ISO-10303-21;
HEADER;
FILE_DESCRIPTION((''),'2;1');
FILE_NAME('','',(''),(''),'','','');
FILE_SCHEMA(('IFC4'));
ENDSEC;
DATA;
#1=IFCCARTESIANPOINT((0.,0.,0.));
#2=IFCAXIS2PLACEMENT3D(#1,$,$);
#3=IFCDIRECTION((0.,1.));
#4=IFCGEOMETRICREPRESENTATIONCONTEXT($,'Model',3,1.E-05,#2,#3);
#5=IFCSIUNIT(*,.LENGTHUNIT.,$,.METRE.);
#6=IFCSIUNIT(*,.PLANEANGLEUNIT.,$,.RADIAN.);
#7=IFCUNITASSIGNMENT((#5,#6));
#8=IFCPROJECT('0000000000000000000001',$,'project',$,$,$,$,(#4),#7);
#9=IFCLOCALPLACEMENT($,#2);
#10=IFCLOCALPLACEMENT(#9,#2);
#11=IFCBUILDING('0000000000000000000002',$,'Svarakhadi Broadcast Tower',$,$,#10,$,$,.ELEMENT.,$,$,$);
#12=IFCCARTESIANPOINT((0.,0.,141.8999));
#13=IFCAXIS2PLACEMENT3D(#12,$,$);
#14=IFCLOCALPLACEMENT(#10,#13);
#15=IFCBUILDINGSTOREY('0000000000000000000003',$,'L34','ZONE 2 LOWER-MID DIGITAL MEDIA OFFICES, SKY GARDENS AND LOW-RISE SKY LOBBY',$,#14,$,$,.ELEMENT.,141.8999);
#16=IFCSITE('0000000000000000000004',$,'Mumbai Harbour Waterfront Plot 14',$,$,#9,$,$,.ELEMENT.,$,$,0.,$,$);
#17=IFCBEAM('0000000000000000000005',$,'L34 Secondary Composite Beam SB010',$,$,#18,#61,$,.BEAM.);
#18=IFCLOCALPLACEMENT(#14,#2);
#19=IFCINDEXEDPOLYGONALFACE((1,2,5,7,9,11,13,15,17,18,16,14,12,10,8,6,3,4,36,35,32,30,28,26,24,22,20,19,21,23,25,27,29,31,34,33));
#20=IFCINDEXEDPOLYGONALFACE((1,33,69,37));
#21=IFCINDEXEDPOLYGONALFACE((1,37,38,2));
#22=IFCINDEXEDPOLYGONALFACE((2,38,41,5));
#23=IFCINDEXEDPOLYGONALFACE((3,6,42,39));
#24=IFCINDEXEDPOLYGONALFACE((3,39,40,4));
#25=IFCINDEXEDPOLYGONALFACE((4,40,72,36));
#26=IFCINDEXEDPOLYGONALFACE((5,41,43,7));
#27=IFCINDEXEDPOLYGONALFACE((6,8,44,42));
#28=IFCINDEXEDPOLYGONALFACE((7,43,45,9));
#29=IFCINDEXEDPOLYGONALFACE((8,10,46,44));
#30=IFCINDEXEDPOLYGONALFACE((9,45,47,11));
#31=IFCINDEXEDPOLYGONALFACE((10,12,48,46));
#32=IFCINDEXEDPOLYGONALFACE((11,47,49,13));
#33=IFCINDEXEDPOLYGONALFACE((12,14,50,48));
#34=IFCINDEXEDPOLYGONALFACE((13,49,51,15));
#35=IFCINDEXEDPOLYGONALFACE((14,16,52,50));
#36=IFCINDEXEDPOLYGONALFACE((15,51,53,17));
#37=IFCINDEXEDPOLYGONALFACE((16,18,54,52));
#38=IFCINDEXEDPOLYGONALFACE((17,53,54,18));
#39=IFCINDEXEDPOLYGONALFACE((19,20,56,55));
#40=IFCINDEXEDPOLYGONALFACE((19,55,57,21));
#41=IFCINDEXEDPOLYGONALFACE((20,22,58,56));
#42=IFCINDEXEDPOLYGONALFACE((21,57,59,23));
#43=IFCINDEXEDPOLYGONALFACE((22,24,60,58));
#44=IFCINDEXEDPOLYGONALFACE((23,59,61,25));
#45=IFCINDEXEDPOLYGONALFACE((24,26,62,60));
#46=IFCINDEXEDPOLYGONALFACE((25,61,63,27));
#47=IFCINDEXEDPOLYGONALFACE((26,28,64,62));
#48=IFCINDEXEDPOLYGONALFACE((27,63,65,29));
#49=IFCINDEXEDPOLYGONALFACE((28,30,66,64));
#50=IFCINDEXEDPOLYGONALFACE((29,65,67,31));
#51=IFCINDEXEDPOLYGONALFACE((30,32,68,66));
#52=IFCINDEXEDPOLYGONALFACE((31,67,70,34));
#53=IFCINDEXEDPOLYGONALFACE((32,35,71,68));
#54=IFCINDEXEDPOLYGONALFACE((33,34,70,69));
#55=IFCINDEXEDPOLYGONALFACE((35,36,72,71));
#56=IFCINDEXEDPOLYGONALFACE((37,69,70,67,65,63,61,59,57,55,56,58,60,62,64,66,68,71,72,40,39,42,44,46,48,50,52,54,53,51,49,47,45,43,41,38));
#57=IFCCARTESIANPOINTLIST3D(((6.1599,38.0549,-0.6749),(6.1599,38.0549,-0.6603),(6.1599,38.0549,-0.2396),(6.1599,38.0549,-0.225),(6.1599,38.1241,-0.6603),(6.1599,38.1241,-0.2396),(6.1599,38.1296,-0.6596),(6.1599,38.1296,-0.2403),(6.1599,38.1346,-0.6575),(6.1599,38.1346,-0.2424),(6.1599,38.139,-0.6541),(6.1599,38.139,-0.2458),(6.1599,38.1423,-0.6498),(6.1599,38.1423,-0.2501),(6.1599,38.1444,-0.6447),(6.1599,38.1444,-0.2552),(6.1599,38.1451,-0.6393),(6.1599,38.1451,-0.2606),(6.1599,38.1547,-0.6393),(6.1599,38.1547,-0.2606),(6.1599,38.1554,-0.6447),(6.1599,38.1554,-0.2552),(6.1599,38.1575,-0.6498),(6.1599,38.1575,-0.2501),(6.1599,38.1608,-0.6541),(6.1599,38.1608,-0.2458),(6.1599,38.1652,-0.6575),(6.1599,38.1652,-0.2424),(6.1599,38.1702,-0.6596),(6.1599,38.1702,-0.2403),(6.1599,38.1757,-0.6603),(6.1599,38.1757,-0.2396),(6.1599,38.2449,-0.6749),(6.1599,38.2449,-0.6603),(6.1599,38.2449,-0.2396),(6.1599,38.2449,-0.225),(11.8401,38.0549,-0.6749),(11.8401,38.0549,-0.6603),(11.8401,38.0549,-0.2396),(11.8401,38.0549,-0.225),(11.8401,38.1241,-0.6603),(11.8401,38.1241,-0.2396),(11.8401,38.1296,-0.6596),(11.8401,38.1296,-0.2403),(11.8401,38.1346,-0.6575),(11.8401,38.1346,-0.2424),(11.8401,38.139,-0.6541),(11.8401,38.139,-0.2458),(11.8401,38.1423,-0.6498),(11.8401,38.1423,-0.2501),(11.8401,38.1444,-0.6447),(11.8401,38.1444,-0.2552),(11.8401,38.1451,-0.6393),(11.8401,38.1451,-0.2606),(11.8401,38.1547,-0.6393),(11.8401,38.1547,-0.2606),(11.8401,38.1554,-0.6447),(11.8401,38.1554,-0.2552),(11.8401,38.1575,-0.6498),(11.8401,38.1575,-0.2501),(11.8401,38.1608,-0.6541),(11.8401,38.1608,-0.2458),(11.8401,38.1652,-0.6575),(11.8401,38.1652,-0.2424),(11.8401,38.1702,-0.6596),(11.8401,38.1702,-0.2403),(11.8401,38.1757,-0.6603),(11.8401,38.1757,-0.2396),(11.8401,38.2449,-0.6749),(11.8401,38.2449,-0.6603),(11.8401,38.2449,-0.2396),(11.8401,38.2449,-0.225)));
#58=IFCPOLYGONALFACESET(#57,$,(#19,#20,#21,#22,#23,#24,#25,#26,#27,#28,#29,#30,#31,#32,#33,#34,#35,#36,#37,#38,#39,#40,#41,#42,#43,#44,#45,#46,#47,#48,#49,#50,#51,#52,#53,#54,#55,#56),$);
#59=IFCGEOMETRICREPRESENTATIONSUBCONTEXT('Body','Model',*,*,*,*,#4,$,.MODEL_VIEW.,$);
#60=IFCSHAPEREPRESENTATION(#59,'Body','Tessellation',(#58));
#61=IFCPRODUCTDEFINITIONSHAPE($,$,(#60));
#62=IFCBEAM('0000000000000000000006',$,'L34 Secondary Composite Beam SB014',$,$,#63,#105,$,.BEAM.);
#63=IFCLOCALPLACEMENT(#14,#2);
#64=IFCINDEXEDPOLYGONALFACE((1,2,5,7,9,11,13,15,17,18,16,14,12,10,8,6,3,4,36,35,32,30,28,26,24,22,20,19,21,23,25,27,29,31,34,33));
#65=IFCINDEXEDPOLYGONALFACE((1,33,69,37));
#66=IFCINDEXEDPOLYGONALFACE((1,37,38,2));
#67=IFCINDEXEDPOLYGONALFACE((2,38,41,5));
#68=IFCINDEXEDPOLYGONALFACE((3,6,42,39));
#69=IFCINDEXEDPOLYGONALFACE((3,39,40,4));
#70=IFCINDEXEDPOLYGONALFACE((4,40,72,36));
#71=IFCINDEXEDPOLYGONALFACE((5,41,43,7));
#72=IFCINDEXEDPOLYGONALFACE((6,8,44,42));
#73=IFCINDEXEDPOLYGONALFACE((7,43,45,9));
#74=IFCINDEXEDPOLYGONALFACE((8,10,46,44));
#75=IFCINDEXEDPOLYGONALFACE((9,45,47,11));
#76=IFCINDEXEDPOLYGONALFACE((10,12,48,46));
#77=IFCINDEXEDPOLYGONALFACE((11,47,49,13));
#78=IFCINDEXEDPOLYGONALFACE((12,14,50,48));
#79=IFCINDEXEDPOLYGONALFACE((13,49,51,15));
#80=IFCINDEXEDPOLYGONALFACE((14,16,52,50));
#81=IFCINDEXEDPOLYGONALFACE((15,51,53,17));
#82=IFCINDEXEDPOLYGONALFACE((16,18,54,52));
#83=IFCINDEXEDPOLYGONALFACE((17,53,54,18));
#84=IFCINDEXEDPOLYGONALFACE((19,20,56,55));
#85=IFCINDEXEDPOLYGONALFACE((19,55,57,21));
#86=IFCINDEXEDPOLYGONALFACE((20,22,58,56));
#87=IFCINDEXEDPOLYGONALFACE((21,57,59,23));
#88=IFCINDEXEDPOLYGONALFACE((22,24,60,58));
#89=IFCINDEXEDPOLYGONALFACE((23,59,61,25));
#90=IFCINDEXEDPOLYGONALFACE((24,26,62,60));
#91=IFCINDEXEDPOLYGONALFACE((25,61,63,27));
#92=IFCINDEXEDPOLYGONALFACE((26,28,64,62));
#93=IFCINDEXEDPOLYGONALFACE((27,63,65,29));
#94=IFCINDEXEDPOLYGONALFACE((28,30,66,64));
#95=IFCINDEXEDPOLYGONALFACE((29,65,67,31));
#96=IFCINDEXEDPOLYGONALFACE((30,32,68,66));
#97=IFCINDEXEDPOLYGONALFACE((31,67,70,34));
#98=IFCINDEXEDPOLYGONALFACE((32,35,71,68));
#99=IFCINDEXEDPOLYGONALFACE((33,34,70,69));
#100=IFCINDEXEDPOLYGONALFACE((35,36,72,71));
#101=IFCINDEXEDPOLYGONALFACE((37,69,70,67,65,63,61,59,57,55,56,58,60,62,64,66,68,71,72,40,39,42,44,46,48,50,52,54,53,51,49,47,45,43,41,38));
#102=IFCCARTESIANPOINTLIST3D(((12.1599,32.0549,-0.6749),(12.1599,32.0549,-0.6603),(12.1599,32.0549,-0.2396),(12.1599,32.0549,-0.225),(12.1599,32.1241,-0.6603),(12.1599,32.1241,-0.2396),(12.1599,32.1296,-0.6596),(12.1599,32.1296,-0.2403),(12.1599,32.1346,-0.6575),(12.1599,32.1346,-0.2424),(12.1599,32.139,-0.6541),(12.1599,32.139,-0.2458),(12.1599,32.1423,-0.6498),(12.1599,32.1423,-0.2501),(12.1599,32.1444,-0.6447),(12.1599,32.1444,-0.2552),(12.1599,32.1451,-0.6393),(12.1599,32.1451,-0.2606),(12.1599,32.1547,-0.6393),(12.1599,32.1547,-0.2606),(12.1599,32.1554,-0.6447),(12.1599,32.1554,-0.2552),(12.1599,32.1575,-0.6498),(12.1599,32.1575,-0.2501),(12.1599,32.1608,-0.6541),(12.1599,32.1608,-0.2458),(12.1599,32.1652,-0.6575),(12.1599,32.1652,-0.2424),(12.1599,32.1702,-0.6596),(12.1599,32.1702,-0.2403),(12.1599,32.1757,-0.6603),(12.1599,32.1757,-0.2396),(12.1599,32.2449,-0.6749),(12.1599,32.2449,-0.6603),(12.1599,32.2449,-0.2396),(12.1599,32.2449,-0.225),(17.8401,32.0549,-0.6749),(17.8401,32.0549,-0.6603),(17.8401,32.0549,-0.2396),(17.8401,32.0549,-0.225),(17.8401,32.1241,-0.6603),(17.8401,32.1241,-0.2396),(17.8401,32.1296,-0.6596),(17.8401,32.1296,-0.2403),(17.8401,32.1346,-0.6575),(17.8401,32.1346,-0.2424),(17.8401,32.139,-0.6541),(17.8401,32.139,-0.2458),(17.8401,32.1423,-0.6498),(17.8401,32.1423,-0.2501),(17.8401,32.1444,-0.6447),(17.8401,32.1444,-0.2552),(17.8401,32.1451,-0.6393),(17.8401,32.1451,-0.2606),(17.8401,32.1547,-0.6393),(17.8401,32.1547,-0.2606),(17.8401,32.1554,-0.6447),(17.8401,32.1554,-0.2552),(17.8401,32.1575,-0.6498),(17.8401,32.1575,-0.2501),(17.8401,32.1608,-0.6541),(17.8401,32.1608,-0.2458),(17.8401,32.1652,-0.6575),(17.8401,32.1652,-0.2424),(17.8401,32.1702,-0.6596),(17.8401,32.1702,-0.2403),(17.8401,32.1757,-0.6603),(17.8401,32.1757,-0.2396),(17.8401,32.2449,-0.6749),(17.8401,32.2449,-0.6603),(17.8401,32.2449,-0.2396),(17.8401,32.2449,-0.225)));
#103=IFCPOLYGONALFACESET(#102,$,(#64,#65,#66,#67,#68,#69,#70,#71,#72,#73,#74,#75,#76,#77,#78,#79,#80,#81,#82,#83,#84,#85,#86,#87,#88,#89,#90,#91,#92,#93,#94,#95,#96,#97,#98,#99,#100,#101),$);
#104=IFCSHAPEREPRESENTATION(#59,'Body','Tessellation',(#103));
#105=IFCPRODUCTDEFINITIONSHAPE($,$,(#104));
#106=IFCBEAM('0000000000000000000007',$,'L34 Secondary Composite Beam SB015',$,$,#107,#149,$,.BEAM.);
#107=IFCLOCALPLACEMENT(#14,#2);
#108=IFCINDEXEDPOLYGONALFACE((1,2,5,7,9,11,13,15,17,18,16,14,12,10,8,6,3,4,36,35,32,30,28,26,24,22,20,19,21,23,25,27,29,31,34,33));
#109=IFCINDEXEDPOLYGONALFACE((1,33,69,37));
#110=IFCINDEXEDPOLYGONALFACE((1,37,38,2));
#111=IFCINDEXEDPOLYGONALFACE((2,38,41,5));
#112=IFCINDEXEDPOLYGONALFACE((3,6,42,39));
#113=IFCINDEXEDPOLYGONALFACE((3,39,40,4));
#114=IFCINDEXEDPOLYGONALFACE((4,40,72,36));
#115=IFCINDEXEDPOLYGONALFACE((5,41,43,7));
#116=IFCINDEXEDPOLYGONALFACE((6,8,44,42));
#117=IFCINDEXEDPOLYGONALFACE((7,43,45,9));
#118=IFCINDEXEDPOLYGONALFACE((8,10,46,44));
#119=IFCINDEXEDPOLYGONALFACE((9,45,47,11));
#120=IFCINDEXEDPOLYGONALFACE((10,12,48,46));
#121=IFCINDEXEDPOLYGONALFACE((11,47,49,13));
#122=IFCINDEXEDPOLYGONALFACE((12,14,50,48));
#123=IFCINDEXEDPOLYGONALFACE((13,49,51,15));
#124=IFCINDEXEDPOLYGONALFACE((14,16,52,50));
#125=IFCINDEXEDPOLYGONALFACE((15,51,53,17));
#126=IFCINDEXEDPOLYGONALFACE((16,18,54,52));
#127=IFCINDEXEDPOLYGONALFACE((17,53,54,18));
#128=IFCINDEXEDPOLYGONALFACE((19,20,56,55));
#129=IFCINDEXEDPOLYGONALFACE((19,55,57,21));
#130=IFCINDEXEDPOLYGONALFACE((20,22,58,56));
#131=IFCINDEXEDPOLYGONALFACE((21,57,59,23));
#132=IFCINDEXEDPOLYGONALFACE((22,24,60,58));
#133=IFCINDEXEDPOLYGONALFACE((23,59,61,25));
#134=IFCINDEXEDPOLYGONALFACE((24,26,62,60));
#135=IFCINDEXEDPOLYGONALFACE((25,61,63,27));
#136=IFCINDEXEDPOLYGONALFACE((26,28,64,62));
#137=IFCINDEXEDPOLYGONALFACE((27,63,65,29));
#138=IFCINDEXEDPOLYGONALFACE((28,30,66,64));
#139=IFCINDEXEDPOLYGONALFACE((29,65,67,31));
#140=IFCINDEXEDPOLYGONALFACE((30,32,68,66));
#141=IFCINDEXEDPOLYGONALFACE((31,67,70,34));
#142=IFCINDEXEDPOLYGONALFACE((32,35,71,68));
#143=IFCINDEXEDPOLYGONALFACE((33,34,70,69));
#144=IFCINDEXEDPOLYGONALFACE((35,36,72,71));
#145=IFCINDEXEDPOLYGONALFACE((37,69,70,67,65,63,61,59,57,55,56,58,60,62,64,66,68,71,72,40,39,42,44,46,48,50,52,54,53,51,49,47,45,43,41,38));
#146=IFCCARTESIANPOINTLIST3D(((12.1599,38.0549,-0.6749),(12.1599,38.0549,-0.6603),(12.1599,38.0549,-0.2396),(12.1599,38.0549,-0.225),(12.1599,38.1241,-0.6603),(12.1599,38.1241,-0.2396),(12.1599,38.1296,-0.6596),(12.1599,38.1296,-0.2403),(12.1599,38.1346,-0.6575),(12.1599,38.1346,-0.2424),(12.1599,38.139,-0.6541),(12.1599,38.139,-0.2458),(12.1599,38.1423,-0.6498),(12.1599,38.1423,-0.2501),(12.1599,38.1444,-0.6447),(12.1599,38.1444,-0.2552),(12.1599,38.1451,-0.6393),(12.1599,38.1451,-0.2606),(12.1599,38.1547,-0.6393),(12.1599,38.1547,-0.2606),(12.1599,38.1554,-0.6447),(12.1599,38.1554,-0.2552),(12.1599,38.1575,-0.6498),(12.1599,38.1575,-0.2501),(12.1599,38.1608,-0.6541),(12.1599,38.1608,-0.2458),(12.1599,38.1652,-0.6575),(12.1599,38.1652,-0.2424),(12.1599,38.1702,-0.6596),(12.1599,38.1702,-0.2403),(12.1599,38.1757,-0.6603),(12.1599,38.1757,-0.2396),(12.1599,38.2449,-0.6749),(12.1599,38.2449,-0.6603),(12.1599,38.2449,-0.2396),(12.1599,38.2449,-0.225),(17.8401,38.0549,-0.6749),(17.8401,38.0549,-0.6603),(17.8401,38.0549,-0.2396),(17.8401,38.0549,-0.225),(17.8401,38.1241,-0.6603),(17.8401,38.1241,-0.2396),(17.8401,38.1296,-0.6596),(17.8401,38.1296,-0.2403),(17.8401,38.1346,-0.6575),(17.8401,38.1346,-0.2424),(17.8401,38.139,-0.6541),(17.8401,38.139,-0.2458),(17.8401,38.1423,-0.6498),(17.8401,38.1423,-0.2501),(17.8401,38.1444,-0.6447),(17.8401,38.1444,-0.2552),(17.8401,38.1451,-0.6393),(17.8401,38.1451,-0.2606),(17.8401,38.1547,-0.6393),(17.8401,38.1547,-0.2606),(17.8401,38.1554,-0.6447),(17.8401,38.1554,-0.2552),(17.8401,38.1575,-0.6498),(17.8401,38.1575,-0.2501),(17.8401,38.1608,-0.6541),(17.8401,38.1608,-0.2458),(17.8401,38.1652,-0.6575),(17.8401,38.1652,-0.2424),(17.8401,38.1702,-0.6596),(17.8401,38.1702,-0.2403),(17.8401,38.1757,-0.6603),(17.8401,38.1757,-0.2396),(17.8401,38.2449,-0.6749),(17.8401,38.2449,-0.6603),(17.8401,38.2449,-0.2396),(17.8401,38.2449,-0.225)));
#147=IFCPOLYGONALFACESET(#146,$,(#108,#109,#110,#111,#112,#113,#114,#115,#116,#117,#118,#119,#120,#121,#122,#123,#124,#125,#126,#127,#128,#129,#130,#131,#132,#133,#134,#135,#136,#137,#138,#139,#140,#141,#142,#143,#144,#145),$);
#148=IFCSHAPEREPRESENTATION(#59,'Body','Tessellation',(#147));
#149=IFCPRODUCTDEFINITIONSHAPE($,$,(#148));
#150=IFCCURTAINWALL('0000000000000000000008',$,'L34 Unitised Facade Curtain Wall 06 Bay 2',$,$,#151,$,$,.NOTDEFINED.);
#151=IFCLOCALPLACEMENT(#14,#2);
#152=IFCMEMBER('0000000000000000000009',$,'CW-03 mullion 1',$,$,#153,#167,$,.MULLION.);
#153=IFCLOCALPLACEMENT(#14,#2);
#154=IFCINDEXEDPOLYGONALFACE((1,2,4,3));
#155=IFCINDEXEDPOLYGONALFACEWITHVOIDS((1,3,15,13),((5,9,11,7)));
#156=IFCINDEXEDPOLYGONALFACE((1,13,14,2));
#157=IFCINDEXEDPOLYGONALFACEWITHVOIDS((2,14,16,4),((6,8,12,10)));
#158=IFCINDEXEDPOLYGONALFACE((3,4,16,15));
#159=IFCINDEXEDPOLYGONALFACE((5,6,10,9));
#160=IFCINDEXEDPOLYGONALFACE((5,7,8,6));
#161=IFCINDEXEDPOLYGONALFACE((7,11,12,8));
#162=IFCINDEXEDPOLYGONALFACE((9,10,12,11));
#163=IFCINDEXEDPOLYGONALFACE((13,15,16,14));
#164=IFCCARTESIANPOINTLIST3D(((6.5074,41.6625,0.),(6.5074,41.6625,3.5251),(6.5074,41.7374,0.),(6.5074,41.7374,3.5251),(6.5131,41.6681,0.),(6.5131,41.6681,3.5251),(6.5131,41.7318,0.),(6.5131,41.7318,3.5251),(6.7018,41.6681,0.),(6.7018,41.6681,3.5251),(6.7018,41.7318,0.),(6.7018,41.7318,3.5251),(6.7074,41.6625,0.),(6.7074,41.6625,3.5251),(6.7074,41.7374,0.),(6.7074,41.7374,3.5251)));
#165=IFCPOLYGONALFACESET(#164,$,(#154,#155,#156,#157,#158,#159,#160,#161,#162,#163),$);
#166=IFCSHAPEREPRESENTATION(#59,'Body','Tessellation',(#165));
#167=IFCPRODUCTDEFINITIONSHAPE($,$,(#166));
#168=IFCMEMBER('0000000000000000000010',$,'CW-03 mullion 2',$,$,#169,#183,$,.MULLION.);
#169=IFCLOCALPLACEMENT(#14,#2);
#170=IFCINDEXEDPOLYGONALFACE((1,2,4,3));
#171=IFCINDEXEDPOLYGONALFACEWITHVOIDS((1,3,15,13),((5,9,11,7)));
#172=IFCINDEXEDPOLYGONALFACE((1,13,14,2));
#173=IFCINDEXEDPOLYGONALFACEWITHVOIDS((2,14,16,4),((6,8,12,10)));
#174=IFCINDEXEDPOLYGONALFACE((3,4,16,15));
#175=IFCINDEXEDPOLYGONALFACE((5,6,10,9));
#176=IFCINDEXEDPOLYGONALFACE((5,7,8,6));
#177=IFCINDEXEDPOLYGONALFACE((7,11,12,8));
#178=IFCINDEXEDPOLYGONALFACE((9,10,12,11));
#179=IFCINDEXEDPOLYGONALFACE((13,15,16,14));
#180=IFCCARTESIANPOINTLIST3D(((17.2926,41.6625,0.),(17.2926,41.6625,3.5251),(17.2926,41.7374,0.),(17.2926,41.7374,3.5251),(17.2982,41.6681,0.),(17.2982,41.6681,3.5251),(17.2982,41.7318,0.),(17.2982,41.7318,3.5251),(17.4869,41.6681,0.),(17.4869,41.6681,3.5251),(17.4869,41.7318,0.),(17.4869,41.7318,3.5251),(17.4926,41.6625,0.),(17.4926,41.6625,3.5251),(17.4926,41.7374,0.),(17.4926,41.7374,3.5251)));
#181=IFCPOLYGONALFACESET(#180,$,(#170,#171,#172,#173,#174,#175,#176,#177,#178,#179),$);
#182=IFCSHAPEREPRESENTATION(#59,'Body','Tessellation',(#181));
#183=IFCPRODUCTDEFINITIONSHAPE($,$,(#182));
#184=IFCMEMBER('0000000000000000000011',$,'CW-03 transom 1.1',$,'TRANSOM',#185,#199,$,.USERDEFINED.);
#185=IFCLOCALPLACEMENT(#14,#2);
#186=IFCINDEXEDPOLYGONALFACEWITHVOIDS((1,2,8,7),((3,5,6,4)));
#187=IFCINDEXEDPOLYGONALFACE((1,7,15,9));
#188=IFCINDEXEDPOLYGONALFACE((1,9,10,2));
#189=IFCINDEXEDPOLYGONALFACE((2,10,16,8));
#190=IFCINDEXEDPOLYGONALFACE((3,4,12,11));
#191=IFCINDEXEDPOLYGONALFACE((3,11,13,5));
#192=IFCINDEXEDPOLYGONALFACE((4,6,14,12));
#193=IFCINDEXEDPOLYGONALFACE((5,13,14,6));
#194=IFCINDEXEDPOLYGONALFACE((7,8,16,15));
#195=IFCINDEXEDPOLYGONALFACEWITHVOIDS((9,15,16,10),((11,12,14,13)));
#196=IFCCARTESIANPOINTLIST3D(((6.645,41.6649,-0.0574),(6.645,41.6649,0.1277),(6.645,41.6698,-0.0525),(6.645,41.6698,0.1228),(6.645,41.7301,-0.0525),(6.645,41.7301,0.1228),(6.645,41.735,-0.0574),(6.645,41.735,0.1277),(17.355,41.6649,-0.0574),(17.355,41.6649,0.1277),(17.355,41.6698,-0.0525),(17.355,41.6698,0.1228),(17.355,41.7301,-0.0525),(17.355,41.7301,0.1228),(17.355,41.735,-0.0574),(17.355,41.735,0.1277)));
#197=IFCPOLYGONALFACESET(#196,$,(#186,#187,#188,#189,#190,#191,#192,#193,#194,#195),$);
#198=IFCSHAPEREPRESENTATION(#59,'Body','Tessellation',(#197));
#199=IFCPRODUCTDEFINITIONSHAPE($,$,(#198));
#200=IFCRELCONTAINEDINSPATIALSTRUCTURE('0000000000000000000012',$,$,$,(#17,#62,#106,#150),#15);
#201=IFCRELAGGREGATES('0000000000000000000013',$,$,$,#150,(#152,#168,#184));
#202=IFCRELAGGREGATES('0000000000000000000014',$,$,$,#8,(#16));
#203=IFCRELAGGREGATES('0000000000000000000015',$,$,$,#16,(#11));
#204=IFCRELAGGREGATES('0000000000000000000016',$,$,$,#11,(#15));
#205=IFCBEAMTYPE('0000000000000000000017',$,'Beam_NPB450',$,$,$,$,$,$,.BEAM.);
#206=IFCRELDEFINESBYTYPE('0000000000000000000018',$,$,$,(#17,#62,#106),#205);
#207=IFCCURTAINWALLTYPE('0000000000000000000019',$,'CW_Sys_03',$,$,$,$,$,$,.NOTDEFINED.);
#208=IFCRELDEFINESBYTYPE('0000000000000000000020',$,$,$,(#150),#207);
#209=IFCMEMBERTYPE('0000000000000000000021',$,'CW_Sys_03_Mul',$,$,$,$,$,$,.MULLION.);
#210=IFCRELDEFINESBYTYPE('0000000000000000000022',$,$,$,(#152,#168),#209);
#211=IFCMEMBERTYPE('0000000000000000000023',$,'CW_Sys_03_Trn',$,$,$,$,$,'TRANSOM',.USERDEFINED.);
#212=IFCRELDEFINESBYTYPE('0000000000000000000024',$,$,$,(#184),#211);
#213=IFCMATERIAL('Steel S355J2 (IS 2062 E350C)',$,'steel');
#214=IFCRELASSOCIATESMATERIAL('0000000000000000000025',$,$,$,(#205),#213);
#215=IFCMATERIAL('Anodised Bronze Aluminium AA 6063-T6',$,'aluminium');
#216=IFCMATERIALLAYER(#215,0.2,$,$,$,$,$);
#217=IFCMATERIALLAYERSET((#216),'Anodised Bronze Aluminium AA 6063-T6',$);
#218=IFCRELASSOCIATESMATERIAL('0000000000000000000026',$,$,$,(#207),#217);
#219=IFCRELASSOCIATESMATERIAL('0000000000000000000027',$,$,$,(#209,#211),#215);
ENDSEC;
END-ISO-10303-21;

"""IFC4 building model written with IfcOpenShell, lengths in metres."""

from ifc_helpers import new_model, si_unit, direction, frame, origin, origin_2d, place, context, subcontext, project, spatial, hollow_rectangle, i_section, extrude, material, layer, layer_set, material_profile, profile_set, type_object, element, aggregate, save


model = new_model("IFC4")

# Units and contexts
model_context = context("Model", 3, precision=1e-05, world=origin(), true_north=direction((0.0, 1.0)))
body_context = subcontext(model_context, "Body", "Model", "MODEL_VIEW")
ifc_project = project(units=[si_unit("LENGTHUNIT", "METRE"), si_unit("PLANEANGLEUNIT", "RADIAN")], contexts=[model_context])

# Site, building, storey
site_placement = place(None, origin())
site = spatial("IfcSite", under=ifc_project, at=site_placement, Name="Mumbai Harbour Waterfront Plot 14", CompositionType="ELEMENT", RefElevation=0.0)
building_placement = place(site_placement, origin())
building = spatial("IfcBuilding", under=site, at=building_placement, Name="Svarakhadi Broadcast Tower", CompositionType="ELEMENT")
storey_placement = place(building_placement, frame((0.0, 0.0, 141.8999)))
storey = spatial("IfcBuildingStorey", under=building, at=storey_placement, Name="L34", Description="ZONE 2 LOWER-MID DIGITAL MEDIA OFFICES, SKY GARDENS AND LOW-RISE SKY LOBBY", CompositionType="ELEMENT", Elevation=141.8999)

# Beams
ifc_material_1 = material(Name="Steel S355J2 (IS 2062 E350C)", Category="steel")
ifc_material_profile_1 = material_profile(ifc_material_1, i_section(OverallWidth=0.1899, OverallDepth=0.45, WebThickness=0.0095, FlangeThickness=0.0146, FilletRadius=0.021, at=origin_2d()), Name="NPB 450x190x78")
ifc_profile_set_1 = profile_set([ifc_material_profile_1], Name="Steel S355J2 (IS 2062 E350C)")
beam_type_1 = type_object("IfcBeamType", Name="Beam_NPB450", PredefinedType="BEAM", material=ifc_profile_set_1)
for number, where, z_axis, x_axis, name in (
    (1, (6.1599, 38.1499, -0.45), (1.0, 0.0, 0.0), (0.0, 1.0, 0.0), "L34 Secondary Composite Beam SB010"),
    (2, (12.1599, 32.1499, -0.45), (1.0, 0.0, 0.0), (0.0, 1.0, 0.0), "L34 Secondary Composite Beam SB014"),
    (3, (12.1599, 38.1499, -0.45), (1.0, 0.0, 0.0), (0.0, 1.0, 0.0), "L34 Secondary Composite Beam SB015"),
):
    element("IfcBeam", number, at=place(storey_placement, frame(where, z_axis=z_axis, x_axis=x_axis)), inside=storey, type_object=beam_type_1, Name=name, PredefinedType="BEAM", context=body_context, shape_type="SweptSolid", body=[
        extrude(i_section(OverallWidth=0.1899, OverallDepth=0.45, WebThickness=0.0095, FlangeThickness=0.0146, FilletRadius=0.021, at=origin_2d()), origin(), (0.0, 0.0, 1.0), 5.6802),
    ])

# Curtain wall, members
ifc_material_2 = material(Name="Anodised Bronze Aluminium AA 6063-T6", Category="aluminium")
ifc_layer_1 = layer(ifc_material_2, 0.2)
ifc_layer_set_1 = layer_set([ifc_layer_1], Name="Anodised Bronze Aluminium AA 6063-T6")
curtain_wall_type = type_object("IfcCurtainWallType", Name="CW_Sys_03", PredefinedType="NOTDEFINED", material=ifc_layer_set_1)
curtain_wall_placement = place(storey_placement, origin())
curtain_wall = element("IfcCurtainWall", 4, at=curtain_wall_placement, inside=storey, type_object=curtain_wall_type, Name="L34 Unitised Facade Curtain Wall 06 Bay 2", PredefinedType="NOTDEFINED")
ifc_material_profile_2 = material_profile(ifc_material_2, hollow_rectangle(XDim=0.075, YDim=0.2, WallThickness=0.0056, at=origin_2d()), Name="ALU MULLION 200x75x6")
ifc_profile_set_2 = profile_set([ifc_material_profile_2], Name="Anodised Bronze Aluminium AA 6063-T6")
member_type_1 = type_object("IfcMemberType", Name="CW_Sys_03_Mul", PredefinedType="MULLION", material=ifc_profile_set_2)
member_1_placement = place(storey_placement, frame((6.6074, 41.7, 0.0), z_axis=(0.0, 0.0, 1.0), x_axis=(0.0, 1.0, 0.0)))
member_1 = element("IfcMember", 5, at=member_1_placement, type_object=member_type_1, Name="CW-03 mullion 1", PredefinedType="MULLION", context=body_context, shape_type="SweptSolid", body=[
    extrude(hollow_rectangle(XDim=0.075, YDim=0.2, WallThickness=0.0056, at=origin_2d()), origin(), (0.0, 0.0, 1.0), 3.5251),
])
member_2_placement = place(storey_placement, frame((17.3926, 41.7, 0.0), z_axis=(0.0, 0.0, 1.0), x_axis=(0.0, 1.0, 0.0)))
member_2 = element("IfcMember", 6, at=member_2_placement, type_object=member_type_1, Name="CW-03 mullion 2", PredefinedType="MULLION", context=body_context, shape_type="SweptSolid", body=[
    extrude(hollow_rectangle(XDim=0.075, YDim=0.2, WallThickness=0.0056, at=origin_2d()), origin(), (0.0, 0.0, 1.0), 3.5251),
])
ifc_material_profile_3 = material_profile(ifc_material_2, hollow_rectangle(XDim=0.0701, YDim=0.1851, WallThickness=0.0049, at=origin_2d()), Name="ALU TRANSOM 185x70x5")
ifc_profile_set_3 = profile_set([ifc_material_profile_3], Name="Anodised Bronze Aluminium AA 6063-T6")
member_type_2 = type_object("IfcMemberType", Name="CW_Sys_03_Trn", ElementType="TRANSOM", PredefinedType="USERDEFINED", material=ifc_profile_set_3)
member_3_placement = place(storey_placement, frame((6.645, 41.7, 0.0352), z_axis=(1.0, 0.0, 0.0), x_axis=(0.0, 1.0, 0.0)))
member_3 = element("IfcMember", 7, at=member_3_placement, type_object=member_type_2, Name="CW-03 transom 1.1", ObjectType="TRANSOM", PredefinedType="USERDEFINED", context=body_context, shape_type="SweptSolid", body=[
    extrude(hollow_rectangle(XDim=0.0701, YDim=0.1851, WallThickness=0.0049, at=origin_2d()), origin(), (0.0, 0.0, 1.0), 10.71),
])

aggregate(curtain_wall, [member_1, member_2, member_3])

save(model, "model.ifc")
